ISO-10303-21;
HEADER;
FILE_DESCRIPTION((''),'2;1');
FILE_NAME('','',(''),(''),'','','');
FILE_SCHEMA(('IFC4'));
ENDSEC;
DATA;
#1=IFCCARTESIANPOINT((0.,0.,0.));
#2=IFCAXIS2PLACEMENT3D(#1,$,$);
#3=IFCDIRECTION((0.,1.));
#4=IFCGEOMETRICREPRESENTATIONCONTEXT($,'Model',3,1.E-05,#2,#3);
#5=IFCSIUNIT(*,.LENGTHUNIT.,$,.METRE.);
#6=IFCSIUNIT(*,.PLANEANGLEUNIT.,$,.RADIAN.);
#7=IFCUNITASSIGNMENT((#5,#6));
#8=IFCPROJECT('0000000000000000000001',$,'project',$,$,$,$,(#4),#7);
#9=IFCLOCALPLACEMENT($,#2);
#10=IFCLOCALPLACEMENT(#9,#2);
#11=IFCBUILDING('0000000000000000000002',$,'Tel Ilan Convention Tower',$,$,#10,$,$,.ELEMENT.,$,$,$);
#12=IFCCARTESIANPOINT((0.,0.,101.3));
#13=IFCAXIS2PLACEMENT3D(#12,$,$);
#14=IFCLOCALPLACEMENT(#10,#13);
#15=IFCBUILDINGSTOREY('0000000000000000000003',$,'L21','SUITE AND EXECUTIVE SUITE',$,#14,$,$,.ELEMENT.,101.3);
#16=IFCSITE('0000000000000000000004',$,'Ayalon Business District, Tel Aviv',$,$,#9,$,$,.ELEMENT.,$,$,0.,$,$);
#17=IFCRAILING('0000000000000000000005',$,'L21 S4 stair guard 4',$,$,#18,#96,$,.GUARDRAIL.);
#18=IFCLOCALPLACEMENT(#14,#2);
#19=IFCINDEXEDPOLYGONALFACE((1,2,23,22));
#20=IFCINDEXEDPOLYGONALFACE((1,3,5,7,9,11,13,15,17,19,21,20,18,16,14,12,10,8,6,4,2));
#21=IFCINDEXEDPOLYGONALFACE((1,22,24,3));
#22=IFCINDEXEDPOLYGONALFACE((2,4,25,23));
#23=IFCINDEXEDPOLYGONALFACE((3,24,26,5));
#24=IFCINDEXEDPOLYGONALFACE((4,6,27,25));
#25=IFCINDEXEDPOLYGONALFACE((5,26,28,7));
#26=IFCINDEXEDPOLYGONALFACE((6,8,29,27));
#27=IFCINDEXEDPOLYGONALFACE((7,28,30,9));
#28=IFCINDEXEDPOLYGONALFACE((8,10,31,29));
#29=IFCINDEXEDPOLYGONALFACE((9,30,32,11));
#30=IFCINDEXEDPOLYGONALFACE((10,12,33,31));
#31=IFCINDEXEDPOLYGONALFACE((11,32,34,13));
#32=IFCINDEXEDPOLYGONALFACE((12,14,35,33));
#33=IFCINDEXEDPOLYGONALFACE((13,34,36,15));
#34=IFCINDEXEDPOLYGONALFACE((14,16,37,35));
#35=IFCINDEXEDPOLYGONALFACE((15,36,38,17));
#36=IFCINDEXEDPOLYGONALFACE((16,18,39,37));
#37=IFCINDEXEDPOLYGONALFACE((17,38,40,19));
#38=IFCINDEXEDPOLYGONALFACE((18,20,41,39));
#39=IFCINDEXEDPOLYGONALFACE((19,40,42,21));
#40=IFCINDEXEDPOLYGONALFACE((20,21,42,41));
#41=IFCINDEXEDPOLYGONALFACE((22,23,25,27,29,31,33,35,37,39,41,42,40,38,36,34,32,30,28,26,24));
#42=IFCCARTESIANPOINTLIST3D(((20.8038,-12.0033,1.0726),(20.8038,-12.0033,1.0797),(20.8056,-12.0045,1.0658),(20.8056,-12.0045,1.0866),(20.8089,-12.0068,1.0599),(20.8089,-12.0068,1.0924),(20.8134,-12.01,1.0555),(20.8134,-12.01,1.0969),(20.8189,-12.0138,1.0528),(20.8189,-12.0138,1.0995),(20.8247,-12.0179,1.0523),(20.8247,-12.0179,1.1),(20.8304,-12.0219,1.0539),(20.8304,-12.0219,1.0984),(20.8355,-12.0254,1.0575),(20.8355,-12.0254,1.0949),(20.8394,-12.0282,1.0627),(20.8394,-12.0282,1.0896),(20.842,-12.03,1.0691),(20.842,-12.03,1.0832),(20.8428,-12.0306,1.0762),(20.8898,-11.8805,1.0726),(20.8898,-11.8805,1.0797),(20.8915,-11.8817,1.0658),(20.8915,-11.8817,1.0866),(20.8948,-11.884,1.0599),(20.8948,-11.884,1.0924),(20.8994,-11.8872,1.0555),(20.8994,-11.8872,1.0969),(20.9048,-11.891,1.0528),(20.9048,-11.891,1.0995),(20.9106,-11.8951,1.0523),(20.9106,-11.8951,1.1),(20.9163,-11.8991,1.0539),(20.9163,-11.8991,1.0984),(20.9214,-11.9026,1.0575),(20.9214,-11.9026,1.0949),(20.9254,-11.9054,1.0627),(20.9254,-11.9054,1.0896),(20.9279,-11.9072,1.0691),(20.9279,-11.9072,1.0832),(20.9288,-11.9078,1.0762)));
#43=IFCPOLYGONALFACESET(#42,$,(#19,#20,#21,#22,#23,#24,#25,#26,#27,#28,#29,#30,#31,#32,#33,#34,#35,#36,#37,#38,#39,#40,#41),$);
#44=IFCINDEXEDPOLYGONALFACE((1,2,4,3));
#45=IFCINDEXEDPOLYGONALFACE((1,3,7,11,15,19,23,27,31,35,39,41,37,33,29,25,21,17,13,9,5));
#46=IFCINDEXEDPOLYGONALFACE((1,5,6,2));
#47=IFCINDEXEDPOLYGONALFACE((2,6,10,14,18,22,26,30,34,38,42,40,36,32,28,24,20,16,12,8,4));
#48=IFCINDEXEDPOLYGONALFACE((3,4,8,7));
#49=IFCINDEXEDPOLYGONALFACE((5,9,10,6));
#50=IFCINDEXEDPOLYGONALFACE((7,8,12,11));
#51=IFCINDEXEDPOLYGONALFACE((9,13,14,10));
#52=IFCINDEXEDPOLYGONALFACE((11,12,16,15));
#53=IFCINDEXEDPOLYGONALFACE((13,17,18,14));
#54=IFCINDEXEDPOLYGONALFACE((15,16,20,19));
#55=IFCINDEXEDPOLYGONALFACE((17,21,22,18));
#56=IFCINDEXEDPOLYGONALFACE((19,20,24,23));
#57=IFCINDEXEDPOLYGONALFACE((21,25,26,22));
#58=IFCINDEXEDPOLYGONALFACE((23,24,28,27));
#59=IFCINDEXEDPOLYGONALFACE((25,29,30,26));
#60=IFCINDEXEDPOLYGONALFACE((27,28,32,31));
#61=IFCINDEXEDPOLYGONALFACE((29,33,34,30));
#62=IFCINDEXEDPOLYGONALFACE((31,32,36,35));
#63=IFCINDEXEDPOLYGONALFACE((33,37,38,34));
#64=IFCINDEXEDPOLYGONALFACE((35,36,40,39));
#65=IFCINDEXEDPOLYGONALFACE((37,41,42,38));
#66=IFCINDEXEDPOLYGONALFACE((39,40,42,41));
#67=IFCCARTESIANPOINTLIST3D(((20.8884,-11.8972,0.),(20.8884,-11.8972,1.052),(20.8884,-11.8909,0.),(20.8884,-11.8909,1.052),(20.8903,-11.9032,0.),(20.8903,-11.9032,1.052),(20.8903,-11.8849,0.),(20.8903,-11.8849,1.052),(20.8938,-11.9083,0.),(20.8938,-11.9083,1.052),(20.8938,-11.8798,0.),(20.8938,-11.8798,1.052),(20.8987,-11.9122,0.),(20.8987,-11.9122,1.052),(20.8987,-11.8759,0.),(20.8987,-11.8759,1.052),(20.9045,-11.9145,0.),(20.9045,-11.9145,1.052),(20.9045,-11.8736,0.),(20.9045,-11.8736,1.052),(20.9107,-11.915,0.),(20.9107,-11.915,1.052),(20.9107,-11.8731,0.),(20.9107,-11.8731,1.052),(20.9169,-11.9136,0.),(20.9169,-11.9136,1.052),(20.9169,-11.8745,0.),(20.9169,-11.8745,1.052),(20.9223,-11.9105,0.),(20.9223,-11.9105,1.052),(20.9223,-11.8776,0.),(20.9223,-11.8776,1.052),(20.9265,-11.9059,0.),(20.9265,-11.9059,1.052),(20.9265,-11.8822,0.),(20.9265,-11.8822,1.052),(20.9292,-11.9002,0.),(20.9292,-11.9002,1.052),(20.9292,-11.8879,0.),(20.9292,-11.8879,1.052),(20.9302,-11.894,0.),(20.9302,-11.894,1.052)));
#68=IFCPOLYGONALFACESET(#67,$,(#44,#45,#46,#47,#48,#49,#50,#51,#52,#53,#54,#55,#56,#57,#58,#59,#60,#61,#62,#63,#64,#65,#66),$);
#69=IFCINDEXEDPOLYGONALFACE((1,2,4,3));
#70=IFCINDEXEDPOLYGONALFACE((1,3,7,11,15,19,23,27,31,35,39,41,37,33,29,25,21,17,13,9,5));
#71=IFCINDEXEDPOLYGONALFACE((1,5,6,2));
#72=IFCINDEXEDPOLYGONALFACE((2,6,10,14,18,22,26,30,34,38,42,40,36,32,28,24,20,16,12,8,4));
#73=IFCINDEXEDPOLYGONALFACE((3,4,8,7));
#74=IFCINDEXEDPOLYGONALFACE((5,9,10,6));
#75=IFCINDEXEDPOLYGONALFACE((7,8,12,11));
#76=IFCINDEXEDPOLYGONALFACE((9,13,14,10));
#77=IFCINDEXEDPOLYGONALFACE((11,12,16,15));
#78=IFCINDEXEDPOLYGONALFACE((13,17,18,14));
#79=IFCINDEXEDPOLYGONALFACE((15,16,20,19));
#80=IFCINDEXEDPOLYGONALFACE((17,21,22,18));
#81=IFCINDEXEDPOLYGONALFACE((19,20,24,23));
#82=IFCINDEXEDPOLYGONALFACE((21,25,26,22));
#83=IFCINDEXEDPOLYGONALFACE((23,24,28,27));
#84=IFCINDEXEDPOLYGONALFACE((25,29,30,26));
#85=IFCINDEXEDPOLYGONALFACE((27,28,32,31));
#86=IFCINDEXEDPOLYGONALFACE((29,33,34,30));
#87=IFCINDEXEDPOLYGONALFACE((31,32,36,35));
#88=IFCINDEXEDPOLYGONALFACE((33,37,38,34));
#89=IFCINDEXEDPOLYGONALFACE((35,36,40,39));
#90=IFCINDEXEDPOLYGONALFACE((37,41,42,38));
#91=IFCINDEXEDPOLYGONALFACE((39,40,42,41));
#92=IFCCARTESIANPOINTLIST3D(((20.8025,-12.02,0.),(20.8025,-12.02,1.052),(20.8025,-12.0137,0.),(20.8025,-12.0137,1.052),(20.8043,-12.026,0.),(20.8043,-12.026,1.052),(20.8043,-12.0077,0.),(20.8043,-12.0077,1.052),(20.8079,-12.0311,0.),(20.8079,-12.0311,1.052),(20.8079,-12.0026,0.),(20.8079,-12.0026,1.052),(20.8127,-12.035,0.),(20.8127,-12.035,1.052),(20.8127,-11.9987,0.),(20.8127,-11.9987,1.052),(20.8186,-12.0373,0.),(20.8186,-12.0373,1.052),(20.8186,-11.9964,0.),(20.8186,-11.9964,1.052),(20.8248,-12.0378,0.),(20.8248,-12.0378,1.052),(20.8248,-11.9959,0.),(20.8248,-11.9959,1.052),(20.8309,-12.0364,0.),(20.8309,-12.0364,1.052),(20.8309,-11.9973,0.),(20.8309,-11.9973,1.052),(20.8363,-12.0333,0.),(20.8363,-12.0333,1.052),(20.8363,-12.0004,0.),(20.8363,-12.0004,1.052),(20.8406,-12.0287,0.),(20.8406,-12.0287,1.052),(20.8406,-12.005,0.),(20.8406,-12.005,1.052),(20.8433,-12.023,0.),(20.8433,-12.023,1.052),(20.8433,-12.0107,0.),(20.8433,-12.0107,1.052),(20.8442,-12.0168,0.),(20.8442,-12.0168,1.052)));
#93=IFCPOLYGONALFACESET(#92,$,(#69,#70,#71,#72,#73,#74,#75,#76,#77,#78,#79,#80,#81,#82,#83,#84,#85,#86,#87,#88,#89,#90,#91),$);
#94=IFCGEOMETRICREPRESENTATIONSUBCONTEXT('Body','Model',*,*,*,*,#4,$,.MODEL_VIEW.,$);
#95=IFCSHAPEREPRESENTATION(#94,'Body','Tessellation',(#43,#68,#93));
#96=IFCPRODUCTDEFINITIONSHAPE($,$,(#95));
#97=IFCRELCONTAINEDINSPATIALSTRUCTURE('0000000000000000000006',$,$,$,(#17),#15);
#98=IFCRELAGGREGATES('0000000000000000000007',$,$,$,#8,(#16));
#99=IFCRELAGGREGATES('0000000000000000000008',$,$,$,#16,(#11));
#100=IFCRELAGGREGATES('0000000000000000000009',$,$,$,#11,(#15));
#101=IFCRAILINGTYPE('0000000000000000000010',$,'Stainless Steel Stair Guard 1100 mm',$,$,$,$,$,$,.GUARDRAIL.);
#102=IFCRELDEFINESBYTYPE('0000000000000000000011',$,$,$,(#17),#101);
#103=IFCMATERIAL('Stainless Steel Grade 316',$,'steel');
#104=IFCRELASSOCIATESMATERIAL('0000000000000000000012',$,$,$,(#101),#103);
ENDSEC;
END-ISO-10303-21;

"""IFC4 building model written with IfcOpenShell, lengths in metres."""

from ifc_helpers import new_model, si_unit, direction, frame, origin, origin_2d, place, context, subcontext, project, spatial, circle, extrude, material, type_object, element, save


model = new_model("IFC4")

# Units and contexts
model_context = context("Model", 3, precision=1e-05, world=origin(), true_north=direction((0.0, 1.0)))
body_context = subcontext(model_context, "Body", "Model", "MODEL_VIEW")
ifc_project = project(units=[si_unit("LENGTHUNIT", "METRE"), si_unit("PLANEANGLEUNIT", "RADIAN")], contexts=[model_context])

# Site, building, storey
site_placement = place(None, origin())
site = spatial("IfcSite", under=ifc_project, at=site_placement, Name="Ayalon Business District, Tel Aviv", CompositionType="ELEMENT", RefElevation=0.0)
building_placement = place(site_placement, origin())
building = spatial("IfcBuilding", under=site, at=building_placement, Name="Tel Ilan Convention Tower", CompositionType="ELEMENT")
storey_placement = place(building_placement, frame((0.0, 0.0, 101.3)))
storey = spatial("IfcBuildingStorey", under=building, at=storey_placement, Name="L21", Description="SUITE AND EXECUTIVE SUITE", CompositionType="ELEMENT", Elevation=101.3)

# Railing
ifc_material_1 = material(Name="Stainless Steel Grade 316", Category="steel")
railing_type_1 = type_object("IfcRailingType", Name="Stainless Steel Stair Guard 1100 mm", PredefinedType="GUARDRAIL", material=ifc_material_1)
railing_1_placement = place(storey_placement, frame((20.9092, -11.894, 0.0)))
element("IfcRailing", 1, at=railing_1_placement, inside=storey, type_object=railing_type_1, Name="L21 S4 stair guard 4", PredefinedType="GUARDRAIL", context=body_context, shape_type="SweptSolid", body=[
    extrude(circle(Radius=0.0239, at=origin_2d()), frame((0.0, 0.0, 1.0762), z_axis=(-0.573353, -0.819308, 0.0), x_axis=(0.819308, -0.573353, 0.0)), (0.0, 0.0, 1.0), 0.1499),
    extrude(circle(Radius=0.021, at=origin_2d()), origin(), (0.0, 0.0, 1.0), 1.052),
    extrude(circle(Radius=0.021, at=origin_2d()), frame((-0.0859, -0.1228, 0.0)), (0.0, 0.0, 1.0), 1.052),
])

save(model, "model.ifc")
